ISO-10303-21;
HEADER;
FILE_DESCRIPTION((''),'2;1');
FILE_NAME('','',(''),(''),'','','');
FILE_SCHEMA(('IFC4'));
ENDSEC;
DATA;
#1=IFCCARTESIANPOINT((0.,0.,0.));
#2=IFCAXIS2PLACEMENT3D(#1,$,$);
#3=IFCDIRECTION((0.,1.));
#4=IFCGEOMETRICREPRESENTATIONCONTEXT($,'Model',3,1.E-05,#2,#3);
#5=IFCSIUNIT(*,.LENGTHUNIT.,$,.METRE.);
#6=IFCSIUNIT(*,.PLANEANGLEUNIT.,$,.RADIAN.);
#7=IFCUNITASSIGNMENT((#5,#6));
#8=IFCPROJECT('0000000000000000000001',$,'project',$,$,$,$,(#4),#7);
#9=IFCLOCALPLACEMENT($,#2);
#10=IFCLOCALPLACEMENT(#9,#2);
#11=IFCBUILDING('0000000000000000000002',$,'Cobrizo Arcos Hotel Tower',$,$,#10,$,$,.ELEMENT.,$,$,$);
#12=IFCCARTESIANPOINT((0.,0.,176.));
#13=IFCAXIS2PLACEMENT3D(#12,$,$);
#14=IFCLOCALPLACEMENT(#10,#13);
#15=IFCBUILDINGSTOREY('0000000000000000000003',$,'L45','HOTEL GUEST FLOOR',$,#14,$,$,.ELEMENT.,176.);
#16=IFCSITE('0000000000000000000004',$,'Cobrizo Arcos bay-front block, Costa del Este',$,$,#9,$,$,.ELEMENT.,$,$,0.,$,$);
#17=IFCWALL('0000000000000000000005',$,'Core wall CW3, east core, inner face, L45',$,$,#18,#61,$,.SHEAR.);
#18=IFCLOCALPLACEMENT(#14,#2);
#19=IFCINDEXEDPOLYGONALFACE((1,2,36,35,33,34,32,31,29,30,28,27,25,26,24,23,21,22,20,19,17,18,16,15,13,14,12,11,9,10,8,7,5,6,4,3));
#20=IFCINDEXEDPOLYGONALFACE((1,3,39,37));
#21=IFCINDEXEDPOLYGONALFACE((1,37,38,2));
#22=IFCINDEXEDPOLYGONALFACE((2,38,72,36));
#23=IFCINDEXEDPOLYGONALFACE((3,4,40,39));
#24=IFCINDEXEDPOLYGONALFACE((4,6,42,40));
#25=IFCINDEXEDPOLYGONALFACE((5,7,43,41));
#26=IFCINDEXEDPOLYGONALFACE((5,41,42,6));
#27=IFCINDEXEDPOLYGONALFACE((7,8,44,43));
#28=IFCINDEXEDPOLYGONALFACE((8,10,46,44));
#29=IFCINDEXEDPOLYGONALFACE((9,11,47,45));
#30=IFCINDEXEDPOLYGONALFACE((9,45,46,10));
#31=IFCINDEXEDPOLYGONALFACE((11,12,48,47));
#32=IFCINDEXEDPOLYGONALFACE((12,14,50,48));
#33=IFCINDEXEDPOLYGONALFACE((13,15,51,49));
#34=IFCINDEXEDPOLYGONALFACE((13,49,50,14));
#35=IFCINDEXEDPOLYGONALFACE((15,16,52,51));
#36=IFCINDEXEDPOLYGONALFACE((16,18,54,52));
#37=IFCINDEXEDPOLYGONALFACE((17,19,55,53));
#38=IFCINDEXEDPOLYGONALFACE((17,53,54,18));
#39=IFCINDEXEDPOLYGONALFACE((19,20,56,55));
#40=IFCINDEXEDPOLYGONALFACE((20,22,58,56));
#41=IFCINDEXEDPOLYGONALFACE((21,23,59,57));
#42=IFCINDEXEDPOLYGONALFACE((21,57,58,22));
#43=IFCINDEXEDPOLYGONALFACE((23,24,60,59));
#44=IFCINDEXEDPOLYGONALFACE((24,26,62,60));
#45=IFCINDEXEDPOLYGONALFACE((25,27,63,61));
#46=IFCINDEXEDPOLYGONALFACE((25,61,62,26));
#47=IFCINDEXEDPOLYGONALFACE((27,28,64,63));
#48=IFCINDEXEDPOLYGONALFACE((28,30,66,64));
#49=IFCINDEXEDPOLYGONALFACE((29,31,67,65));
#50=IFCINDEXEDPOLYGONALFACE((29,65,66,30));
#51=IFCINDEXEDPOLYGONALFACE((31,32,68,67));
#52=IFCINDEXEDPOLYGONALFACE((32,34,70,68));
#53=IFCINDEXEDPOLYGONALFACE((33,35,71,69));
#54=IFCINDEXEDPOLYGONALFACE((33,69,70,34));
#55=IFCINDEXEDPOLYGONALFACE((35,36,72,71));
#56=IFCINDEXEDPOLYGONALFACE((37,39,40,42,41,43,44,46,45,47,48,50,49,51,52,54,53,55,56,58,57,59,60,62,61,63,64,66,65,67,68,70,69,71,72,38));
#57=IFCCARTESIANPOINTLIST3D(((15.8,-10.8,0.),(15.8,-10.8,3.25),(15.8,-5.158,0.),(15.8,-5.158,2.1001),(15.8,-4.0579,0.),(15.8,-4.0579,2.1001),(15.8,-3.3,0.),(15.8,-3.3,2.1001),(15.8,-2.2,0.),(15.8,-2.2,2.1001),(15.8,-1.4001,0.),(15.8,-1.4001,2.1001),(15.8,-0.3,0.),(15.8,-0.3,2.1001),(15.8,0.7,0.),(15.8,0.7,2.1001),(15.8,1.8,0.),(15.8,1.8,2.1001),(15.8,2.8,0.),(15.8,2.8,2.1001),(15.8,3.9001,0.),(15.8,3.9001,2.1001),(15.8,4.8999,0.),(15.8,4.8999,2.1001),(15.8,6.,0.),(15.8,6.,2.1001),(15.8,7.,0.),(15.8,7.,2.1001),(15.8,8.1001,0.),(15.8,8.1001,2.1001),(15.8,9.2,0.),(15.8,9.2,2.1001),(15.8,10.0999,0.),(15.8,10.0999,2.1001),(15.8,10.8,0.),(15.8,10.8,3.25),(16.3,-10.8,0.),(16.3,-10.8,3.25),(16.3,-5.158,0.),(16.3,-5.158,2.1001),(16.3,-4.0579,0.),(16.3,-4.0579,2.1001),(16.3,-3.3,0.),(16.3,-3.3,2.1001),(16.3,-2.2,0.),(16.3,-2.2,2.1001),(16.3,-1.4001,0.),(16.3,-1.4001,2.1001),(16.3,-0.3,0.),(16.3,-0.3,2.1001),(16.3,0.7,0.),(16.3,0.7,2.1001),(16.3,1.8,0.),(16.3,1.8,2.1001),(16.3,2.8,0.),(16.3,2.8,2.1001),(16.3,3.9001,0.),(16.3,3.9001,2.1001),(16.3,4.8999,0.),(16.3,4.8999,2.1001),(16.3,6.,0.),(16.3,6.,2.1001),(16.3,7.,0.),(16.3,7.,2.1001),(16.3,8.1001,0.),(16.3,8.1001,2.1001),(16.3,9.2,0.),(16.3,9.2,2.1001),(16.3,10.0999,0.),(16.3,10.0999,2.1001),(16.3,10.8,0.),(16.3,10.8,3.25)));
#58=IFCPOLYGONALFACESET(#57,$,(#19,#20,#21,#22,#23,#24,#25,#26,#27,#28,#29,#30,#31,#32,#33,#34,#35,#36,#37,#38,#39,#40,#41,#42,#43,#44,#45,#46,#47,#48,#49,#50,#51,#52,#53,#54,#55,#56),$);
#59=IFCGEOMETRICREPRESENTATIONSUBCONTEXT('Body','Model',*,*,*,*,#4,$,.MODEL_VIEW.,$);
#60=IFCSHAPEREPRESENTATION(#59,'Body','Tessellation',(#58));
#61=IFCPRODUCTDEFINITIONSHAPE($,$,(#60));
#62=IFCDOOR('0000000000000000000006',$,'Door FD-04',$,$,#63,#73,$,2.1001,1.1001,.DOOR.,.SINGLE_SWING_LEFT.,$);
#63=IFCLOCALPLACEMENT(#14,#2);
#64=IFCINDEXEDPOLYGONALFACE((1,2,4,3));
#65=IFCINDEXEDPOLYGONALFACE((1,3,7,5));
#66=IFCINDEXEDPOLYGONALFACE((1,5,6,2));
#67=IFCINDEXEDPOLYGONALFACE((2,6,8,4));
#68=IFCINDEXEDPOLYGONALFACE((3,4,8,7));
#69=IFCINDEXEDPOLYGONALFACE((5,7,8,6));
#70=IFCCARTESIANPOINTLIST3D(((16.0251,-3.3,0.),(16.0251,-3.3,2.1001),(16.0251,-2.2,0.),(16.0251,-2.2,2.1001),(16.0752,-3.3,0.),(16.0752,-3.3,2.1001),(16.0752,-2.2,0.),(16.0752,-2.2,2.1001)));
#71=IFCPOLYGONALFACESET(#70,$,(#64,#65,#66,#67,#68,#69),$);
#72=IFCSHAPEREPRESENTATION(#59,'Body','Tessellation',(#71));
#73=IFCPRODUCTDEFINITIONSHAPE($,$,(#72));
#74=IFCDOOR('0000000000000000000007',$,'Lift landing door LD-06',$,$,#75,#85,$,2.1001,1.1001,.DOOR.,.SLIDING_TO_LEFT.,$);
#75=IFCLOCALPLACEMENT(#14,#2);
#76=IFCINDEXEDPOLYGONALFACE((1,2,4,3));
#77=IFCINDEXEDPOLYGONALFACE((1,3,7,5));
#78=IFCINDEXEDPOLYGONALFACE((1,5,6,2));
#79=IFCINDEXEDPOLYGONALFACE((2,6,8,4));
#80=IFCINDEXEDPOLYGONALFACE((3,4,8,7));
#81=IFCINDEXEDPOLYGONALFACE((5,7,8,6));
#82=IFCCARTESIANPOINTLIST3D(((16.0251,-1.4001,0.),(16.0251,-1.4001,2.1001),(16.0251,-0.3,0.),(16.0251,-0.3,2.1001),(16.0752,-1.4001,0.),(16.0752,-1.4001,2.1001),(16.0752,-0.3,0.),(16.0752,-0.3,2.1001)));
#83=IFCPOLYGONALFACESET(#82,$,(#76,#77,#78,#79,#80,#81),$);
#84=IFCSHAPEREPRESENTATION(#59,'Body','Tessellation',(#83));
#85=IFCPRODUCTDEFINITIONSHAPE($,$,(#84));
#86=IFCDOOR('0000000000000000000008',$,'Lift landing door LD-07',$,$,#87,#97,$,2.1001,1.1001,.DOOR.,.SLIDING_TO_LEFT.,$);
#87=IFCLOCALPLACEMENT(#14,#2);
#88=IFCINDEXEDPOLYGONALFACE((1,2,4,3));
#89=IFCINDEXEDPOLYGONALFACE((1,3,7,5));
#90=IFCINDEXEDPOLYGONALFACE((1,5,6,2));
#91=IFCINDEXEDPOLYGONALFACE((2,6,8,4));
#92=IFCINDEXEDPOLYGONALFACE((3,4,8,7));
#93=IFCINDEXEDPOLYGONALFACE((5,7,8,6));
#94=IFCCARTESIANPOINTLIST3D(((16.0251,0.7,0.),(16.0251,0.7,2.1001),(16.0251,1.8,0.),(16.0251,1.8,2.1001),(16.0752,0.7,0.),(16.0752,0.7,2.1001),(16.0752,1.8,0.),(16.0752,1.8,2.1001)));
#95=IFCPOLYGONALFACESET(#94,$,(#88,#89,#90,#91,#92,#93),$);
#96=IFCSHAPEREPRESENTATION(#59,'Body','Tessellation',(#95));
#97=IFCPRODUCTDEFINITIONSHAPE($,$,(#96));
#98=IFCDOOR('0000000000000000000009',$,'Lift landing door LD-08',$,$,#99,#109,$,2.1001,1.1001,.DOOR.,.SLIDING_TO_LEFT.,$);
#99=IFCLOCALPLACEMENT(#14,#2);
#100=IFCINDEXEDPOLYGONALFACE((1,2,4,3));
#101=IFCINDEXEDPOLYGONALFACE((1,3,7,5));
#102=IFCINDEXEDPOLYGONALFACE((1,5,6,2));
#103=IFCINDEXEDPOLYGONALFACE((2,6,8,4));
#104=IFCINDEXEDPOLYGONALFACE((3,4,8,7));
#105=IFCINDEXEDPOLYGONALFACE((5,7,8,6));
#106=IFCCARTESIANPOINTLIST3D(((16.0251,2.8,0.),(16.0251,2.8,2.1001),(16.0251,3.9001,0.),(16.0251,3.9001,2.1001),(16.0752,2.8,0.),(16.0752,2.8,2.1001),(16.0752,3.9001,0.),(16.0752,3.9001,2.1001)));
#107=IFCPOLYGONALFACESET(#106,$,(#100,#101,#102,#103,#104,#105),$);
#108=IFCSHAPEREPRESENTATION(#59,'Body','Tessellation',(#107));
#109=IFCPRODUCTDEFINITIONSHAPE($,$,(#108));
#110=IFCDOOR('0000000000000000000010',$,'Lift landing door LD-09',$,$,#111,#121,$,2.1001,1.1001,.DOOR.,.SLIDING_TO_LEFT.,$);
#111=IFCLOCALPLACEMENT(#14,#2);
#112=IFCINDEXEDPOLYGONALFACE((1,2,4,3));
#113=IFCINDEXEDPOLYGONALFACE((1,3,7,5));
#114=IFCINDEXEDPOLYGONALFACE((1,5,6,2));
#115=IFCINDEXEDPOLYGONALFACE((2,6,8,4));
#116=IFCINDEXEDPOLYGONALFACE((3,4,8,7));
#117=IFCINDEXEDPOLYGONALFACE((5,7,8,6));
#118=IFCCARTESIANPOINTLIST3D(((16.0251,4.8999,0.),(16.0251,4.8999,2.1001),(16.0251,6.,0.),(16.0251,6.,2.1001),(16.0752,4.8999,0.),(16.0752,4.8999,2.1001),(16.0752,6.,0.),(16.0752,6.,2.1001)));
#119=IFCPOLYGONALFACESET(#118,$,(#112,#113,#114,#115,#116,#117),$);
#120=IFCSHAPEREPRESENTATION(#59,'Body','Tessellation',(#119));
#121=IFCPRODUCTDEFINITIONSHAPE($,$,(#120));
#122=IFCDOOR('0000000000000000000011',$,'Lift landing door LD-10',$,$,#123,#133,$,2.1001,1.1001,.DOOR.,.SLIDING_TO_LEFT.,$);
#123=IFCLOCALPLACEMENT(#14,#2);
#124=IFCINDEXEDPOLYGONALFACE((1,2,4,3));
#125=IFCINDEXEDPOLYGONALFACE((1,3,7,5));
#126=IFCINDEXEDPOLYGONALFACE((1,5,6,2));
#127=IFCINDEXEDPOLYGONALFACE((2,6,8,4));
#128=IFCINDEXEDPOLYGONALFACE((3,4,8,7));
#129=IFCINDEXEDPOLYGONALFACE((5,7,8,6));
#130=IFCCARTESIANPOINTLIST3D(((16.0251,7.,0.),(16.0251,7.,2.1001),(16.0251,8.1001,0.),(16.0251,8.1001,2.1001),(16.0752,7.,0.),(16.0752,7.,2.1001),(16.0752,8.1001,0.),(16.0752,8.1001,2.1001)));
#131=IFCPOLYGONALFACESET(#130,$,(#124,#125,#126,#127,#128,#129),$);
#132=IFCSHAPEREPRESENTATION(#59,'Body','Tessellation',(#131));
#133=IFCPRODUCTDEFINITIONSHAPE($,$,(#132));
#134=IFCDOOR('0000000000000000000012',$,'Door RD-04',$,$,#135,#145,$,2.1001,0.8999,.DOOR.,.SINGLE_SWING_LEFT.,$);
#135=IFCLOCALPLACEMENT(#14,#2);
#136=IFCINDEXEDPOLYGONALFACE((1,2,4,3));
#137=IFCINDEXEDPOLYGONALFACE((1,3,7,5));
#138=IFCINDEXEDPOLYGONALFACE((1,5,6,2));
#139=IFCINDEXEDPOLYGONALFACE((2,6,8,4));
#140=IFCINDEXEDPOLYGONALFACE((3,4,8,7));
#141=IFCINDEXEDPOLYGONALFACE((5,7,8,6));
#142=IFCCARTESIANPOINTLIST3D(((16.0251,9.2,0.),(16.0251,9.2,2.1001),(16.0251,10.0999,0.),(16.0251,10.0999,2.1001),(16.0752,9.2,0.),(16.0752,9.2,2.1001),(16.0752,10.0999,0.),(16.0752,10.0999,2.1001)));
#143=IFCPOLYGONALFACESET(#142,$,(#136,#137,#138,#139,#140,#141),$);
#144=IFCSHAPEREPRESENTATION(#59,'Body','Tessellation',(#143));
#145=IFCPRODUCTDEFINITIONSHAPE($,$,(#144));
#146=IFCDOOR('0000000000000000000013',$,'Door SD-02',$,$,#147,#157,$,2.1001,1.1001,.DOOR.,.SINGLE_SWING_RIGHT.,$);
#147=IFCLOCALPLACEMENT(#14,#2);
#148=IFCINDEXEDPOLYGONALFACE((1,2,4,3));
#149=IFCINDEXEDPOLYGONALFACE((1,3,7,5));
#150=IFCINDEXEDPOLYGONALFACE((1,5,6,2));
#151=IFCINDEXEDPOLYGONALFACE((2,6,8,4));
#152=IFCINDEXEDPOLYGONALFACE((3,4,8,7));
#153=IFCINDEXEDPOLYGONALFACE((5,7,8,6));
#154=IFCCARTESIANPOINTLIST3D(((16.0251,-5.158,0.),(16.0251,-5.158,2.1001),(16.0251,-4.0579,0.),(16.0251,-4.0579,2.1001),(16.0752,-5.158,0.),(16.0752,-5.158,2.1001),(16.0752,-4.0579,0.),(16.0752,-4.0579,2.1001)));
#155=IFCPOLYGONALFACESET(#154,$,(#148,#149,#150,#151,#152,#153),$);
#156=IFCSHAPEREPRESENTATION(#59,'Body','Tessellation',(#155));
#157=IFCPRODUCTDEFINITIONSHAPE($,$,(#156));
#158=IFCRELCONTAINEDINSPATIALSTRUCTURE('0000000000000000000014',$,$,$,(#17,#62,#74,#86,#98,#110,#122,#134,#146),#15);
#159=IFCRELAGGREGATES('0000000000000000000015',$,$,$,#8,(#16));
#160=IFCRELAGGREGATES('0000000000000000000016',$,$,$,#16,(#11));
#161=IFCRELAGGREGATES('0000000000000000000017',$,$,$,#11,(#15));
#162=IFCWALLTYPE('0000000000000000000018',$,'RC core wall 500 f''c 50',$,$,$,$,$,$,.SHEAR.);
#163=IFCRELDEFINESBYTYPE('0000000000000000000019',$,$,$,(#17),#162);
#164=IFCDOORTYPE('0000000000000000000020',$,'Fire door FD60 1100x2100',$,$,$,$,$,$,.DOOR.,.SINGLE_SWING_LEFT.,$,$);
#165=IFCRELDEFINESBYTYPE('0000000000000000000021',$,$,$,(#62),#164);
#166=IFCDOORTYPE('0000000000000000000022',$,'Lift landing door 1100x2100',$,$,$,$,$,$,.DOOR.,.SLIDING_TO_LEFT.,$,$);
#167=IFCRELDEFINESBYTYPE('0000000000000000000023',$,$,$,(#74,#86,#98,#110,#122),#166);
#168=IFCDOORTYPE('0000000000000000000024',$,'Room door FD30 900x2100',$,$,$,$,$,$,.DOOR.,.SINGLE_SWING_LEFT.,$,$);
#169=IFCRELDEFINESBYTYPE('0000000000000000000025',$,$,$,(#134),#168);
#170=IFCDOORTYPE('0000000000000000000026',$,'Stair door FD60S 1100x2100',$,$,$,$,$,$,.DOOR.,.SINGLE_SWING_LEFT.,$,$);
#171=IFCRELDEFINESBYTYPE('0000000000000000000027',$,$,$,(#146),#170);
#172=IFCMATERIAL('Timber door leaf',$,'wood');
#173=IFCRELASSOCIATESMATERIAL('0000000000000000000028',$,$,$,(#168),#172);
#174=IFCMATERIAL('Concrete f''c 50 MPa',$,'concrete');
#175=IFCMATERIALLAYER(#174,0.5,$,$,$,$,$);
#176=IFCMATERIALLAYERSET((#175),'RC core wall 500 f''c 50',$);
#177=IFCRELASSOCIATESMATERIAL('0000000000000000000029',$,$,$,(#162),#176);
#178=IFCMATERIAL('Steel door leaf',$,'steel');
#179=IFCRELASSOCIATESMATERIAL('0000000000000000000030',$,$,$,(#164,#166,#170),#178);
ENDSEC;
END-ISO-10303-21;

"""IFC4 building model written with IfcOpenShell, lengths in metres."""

from ifc_helpers import new_model, si_unit, direction, frame, frame_2d, origin, place, context, subcontext, project, spatial, rectangle, extrude, material, layer, layer_set, type_object, element, fill, save


model = new_model("IFC4")

# Units and contexts
model_context = context("Model", 3, precision=1e-05, world=origin(), true_north=direction((0.0, 1.0)))
body_context = subcontext(model_context, "Body", "Model", "MODEL_VIEW")
ifc_project = project(units=[si_unit("LENGTHUNIT", "METRE"), si_unit("PLANEANGLEUNIT", "RADIAN")], contexts=[model_context])

# Site, building, storey
site_placement = place(None, origin())
site = spatial("IfcSite", under=ifc_project, at=site_placement, Name="Cobrizo Arcos bay-front block, Costa del Este", CompositionType="ELEMENT", RefElevation=0.0)
building_placement = place(site_placement, origin())
building = spatial("IfcBuilding", under=site, at=building_placement, Name="Cobrizo Arcos Hotel Tower", CompositionType="ELEMENT")
storey_placement = place(building_placement, frame((0.0, 0.0, 176.0)))
storey = spatial("IfcBuildingStorey", under=building, at=storey_placement, Name="L45", Description="HOTEL GUEST FLOOR", CompositionType="ELEMENT", Elevation=176.0)

# Shared definitions
ifc_material_1 = material(Name="Timber door leaf", Category="wood")
door_type_1 = type_object("IfcDoorType", Name="Room door FD30 900x2100", OperationType="SINGLE_SWING_LEFT", PredefinedType="DOOR", material=ifc_material_1)

# Wall, openings, doors
ifc_material_2 = material(Name="Concrete f'c 50 MPa", Category="concrete")
ifc_layer_1 = layer(ifc_material_2, 0.5)
ifc_layer_set_1 = layer_set([ifc_layer_1], Name="RC core wall 500 f'c 50")
wall_type_1 = type_object("IfcWallType", Name="RC core wall 500 f'c 50", PredefinedType="SHEAR", material=ifc_layer_set_1)
wall_1_placement = place(storey_placement, frame((16.05, -10.8, 0.0), z_axis=(0.0, 0.0, 1.0), x_axis=(0.0, 1.0, 0.0)))
wall_1 = element("IfcWall", 1, at=wall_1_placement, inside=storey, type_object=wall_type_1, Name="Core wall CW3, east core, inner face, L45", PredefinedType="SHEAR", context=body_context, shape_type="SweptSolid", body=[
    extrude(rectangle(XDim=21.6001, YDim=0.5, at=frame_2d((10.8, 0.0))), origin(), (0.0, 0.0, 1.0), 3.25),
])
opening_1_placement = place(wall_1_placement, frame((9.3999, 0.0, 0.0)))
opening_1 = element("IfcOpeningElement", 2, at=opening_1_placement, cuts=wall_1, PredefinedType="OPENING", context=body_context, shape_type="SweptSolid", body=[
    extrude(rectangle(XDim=1.1001, YDim=2.1001, at=frame_2d((0.55, 1.05))), frame((0.0, 0.262, 0.0), z_axis=(0.0, -1.0, 0.0), x_axis=(1.0, 0.0, 0.0)), (0.0, 0.0, 1.0), 0.5239),
])
opening_2_placement = place(wall_1_placement, frame((11.5, 0.0, 0.0)))
opening_2 = element("IfcOpeningElement", 3, at=opening_2_placement, cuts=wall_1, PredefinedType="OPENING", context=body_context, shape_type="SweptSolid", body=[
    extrude(rectangle(XDim=1.1001, YDim=2.1001, at=frame_2d((0.55, 1.05))), frame((0.0, 0.262, 0.0), z_axis=(0.0, -1.0, 0.0), x_axis=(1.0, 0.0, 0.0)), (0.0, 0.0, 1.0), 0.5239),
])
opening_3_placement = place(wall_1_placement, frame((13.6001, 0.0, 0.0)))
opening_3 = element("IfcOpeningElement", 4, at=opening_3_placement, cuts=wall_1, PredefinedType="OPENING", context=body_context, shape_type="SweptSolid", body=[
    extrude(rectangle(XDim=1.1001, YDim=2.1001, at=frame_2d((0.55, 1.05))), frame((0.0, 0.262, 0.0), z_axis=(0.0, -1.0, 0.0), x_axis=(1.0, 0.0, 0.0)), (0.0, 0.0, 1.0), 0.5239),
])
opening_4_placement = place(wall_1_placement, frame((15.7, 0.0, 0.0)))
opening_4 = element("IfcOpeningElement", 5, at=opening_4_placement, cuts=wall_1, PredefinedType="OPENING", context=body_context, shape_type="SweptSolid", body=[
    extrude(rectangle(XDim=1.1001, YDim=2.1001, at=frame_2d((0.55, 1.05))), frame((0.0, 0.262, 0.0), z_axis=(0.0, -1.0, 0.0), x_axis=(1.0, 0.0, 0.0)), (0.0, 0.0, 1.0), 0.5239),
])
opening_5_placement = place(wall_1_placement, frame((17.8, 0.0, 0.0)))
opening_5 = element("IfcOpeningElement", 6, at=opening_5_placement, cuts=wall_1, PredefinedType="OPENING", context=body_context, shape_type="SweptSolid", body=[
    extrude(rectangle(XDim=1.1001, YDim=2.1001, at=frame_2d((0.55, 1.05))), frame((0.0, 0.262, 0.0), z_axis=(0.0, -1.0, 0.0), x_axis=(1.0, 0.0, 0.0)), (0.0, 0.0, 1.0), 0.5239),
])
opening_6_placement = place(wall_1_placement, frame((5.6421, 0.0, 0.0)))
opening_6 = element("IfcOpeningElement", 7, at=opening_6_placement, cuts=wall_1, PredefinedType="OPENING", context=body_context, shape_type="SweptSolid", body=[
    extrude(rectangle(XDim=1.1001, YDim=2.1001, at=frame_2d((0.55, 1.05))), frame((0.0, 0.262, 0.0), z_axis=(0.0, -1.0, 0.0), x_axis=(1.0, 0.0, 0.0)), (0.0, 0.0, 1.0), 0.5239),
])
opening_7_placement = place(wall_1_placement, frame((7.5, 0.0, 0.0)))
opening_7 = element("IfcOpeningElement", 8, at=opening_7_placement, cuts=wall_1, PredefinedType="OPENING", context=body_context, shape_type="SweptSolid", body=[
    extrude(rectangle(XDim=1.1001, YDim=2.1001, at=frame_2d((0.55, 1.05))), frame((0.0, 0.262, 0.0), z_axis=(0.0, -1.0, 0.0), x_axis=(1.0, 0.0, 0.0)), (0.0, 0.0, 1.0), 0.5239),
])
opening_8_placement = place(wall_1_placement, frame((20.0, 0.0, 0.0)))
opening_8 = element("IfcOpeningElement", 9, at=opening_8_placement, cuts=wall_1, PredefinedType="OPENING", context=body_context, shape_type="SweptSolid", body=[
    extrude(rectangle(XDim=0.8999, YDim=2.1001, at=frame_2d((0.45, 1.05))), frame((0.0, 0.262, 0.0), z_axis=(0.0, -1.0, 0.0), x_axis=(1.0, 0.0, 0.0)), (0.0, 0.0, 1.0), 0.5239),
])
ifc_material_3 = material(Name="Steel door leaf", Category="steel")
door_type_2 = type_object("IfcDoorType", Name="Fire door FD60 1100x2100", OperationType="SINGLE_SWING_LEFT", PredefinedType="DOOR", material=ifc_material_3)
door_1_placement = place(opening_7_placement, origin())
door_1 = element("IfcDoor", 10, at=door_1_placement, inside=storey, type_object=door_type_2, Name="Door FD-04", OperationType="SINGLE_SWING_LEFT", OverallHeight=2.1001, OverallWidth=1.1001, PredefinedType="DOOR", context=body_context, shape_type="SweptSolid", body=[
    extrude(rectangle(XDim=1.1001, YDim=2.1001, at=frame_2d((0.55, 1.05))), frame((0.0, 0.0249, 0.0), z_axis=(0.0, -1.0, 0.0), x_axis=(1.0, 0.0, 0.0)), (0.0, 0.0, 1.0), 0.05),
])
fill(opening_7, door_1)
door_type_3 = type_object("IfcDoorType", Name="Lift landing door 1100x2100", OperationType="SLIDING_TO_LEFT", PredefinedType="DOOR", material=ifc_material_3)
door_2_placement = place(opening_1_placement, origin())
door_2 = element("IfcDoor", 11, at=door_2_placement, inside=storey, type_object=door_type_3, Name="Lift landing door LD-06", OperationType="SLIDING_TO_LEFT", OverallHeight=2.1001, OverallWidth=1.1001, PredefinedType="DOOR", context=body_context, shape_type="SweptSolid", body=[
    extrude(rectangle(XDim=1.1001, YDim=2.1001, at=frame_2d((0.55, 1.05))), frame((0.0, 0.0249, 0.0), z_axis=(0.0, -1.0, 0.0), x_axis=(1.0, 0.0, 0.0)), (0.0, 0.0, 1.0), 0.05),
])
fill(opening_1, door_2)
door_3_placement = place(opening_2_placement, origin())
door_3 = element("IfcDoor", 12, at=door_3_placement, inside=storey, type_object=door_type_3, Name="Lift landing door LD-07", OperationType="SLIDING_TO_LEFT", OverallHeight=2.1001, OverallWidth=1.1001, PredefinedType="DOOR", context=body_context, shape_type="SweptSolid", body=[
    extrude(rectangle(XDim=1.1001, YDim=2.1001, at=frame_2d((0.55, 1.05))), frame((0.0, 0.0249, 0.0), z_axis=(0.0, -1.0, 0.0), x_axis=(1.0, 0.0, 0.0)), (0.0, 0.0, 1.0), 0.05),
])
fill(opening_2, door_3)
door_4_placement = place(opening_3_placement, origin())
door_4 = element("IfcDoor", 13, at=door_4_placement, inside=storey, type_object=door_type_3, Name="Lift landing door LD-08", OperationType="SLIDING_TO_LEFT", OverallHeight=2.1001, OverallWidth=1.1001, PredefinedType="DOOR", context=body_context, shape_type="SweptSolid", body=[
    extrude(rectangle(XDim=1.1001, YDim=2.1001, at=frame_2d((0.55, 1.05))), frame((0.0, 0.0249, 0.0), z_axis=(0.0, -1.0, 0.0), x_axis=(1.0, 0.0, 0.0)), (0.0, 0.0, 1.0), 0.05),
])
fill(opening_3, door_4)
door_5_placement = place(opening_4_placement, origin())
door_5 = element("IfcDoor", 14, at=door_5_placement, inside=storey, type_object=door_type_3, Name="Lift landing door LD-09", OperationType="SLIDING_TO_LEFT", OverallHeight=2.1001, OverallWidth=1.1001, PredefinedType="DOOR", context=body_context, shape_type="SweptSolid", body=[
    extrude(rectangle(XDim=1.1001, YDim=2.1001, at=frame_2d((0.55, 1.05))), frame((0.0, 0.0249, 0.0), z_axis=(0.0, -1.0, 0.0), x_axis=(1.0, 0.0, 0.0)), (0.0, 0.0, 1.0), 0.05),
])
fill(opening_4, door_5)
door_6_placement = place(opening_5_placement, origin())
door_6 = element("IfcDoor", 15, at=door_6_placement, inside=storey, type_object=door_type_3, Name="Lift landing door LD-10", OperationType="SLIDING_TO_LEFT", OverallHeight=2.1001, OverallWidth=1.1001, PredefinedType="DOOR", context=body_context, shape_type="SweptSolid", body=[
    extrude(rectangle(XDim=1.1001, YDim=2.1001, at=frame_2d((0.55, 1.05))), frame((0.0, 0.0249, 0.0), z_axis=(0.0, -1.0, 0.0), x_axis=(1.0, 0.0, 0.0)), (0.0, 0.0, 1.0), 0.05),
])
fill(opening_5, door_6)
door_7_placement = place(opening_8_placement, origin())
door_7 = element("IfcDoor", 16, at=door_7_placement, inside=storey, type_object=door_type_1, Name="Door RD-04", OperationType="SINGLE_SWING_LEFT", OverallHeight=2.1001, OverallWidth=0.8999, PredefinedType="DOOR", context=body_context, shape_type="SweptSolid", body=[
    extrude(rectangle(XDim=0.8999, YDim=2.1001, at=frame_2d((0.45, 1.05))), frame((0.0, 0.0249, 0.0), z_axis=(0.0, -1.0, 0.0), x_axis=(1.0, 0.0, 0.0)), (0.0, 0.0, 1.0), 0.05),
])
fill(opening_8, door_7)
door_type_4 = type_object("IfcDoorType", Name="Stair door FD60S 1100x2100", OperationType="SINGLE_SWING_LEFT", PredefinedType="DOOR", material=ifc_material_3)
door_8_placement = place(opening_6_placement, origin())
door_8 = element("IfcDoor", 17, at=door_8_placement, inside=storey, type_object=door_type_4, Name="Door SD-02", OperationType="SINGLE_SWING_RIGHT", OverallHeight=2.1001, OverallWidth=1.1001, PredefinedType="DOOR", context=body_context, shape_type="SweptSolid", body=[
    extrude(rectangle(XDim=1.1001, YDim=2.1001, at=frame_2d((0.55, 1.05))), frame((0.0, 0.0249, 0.0), z_axis=(0.0, -1.0, 0.0), x_axis=(1.0, 0.0, 0.0)), (0.0, 0.0, 1.0), 0.05),
])
fill(opening_6, door_8)

save(model, "model.ifc")
